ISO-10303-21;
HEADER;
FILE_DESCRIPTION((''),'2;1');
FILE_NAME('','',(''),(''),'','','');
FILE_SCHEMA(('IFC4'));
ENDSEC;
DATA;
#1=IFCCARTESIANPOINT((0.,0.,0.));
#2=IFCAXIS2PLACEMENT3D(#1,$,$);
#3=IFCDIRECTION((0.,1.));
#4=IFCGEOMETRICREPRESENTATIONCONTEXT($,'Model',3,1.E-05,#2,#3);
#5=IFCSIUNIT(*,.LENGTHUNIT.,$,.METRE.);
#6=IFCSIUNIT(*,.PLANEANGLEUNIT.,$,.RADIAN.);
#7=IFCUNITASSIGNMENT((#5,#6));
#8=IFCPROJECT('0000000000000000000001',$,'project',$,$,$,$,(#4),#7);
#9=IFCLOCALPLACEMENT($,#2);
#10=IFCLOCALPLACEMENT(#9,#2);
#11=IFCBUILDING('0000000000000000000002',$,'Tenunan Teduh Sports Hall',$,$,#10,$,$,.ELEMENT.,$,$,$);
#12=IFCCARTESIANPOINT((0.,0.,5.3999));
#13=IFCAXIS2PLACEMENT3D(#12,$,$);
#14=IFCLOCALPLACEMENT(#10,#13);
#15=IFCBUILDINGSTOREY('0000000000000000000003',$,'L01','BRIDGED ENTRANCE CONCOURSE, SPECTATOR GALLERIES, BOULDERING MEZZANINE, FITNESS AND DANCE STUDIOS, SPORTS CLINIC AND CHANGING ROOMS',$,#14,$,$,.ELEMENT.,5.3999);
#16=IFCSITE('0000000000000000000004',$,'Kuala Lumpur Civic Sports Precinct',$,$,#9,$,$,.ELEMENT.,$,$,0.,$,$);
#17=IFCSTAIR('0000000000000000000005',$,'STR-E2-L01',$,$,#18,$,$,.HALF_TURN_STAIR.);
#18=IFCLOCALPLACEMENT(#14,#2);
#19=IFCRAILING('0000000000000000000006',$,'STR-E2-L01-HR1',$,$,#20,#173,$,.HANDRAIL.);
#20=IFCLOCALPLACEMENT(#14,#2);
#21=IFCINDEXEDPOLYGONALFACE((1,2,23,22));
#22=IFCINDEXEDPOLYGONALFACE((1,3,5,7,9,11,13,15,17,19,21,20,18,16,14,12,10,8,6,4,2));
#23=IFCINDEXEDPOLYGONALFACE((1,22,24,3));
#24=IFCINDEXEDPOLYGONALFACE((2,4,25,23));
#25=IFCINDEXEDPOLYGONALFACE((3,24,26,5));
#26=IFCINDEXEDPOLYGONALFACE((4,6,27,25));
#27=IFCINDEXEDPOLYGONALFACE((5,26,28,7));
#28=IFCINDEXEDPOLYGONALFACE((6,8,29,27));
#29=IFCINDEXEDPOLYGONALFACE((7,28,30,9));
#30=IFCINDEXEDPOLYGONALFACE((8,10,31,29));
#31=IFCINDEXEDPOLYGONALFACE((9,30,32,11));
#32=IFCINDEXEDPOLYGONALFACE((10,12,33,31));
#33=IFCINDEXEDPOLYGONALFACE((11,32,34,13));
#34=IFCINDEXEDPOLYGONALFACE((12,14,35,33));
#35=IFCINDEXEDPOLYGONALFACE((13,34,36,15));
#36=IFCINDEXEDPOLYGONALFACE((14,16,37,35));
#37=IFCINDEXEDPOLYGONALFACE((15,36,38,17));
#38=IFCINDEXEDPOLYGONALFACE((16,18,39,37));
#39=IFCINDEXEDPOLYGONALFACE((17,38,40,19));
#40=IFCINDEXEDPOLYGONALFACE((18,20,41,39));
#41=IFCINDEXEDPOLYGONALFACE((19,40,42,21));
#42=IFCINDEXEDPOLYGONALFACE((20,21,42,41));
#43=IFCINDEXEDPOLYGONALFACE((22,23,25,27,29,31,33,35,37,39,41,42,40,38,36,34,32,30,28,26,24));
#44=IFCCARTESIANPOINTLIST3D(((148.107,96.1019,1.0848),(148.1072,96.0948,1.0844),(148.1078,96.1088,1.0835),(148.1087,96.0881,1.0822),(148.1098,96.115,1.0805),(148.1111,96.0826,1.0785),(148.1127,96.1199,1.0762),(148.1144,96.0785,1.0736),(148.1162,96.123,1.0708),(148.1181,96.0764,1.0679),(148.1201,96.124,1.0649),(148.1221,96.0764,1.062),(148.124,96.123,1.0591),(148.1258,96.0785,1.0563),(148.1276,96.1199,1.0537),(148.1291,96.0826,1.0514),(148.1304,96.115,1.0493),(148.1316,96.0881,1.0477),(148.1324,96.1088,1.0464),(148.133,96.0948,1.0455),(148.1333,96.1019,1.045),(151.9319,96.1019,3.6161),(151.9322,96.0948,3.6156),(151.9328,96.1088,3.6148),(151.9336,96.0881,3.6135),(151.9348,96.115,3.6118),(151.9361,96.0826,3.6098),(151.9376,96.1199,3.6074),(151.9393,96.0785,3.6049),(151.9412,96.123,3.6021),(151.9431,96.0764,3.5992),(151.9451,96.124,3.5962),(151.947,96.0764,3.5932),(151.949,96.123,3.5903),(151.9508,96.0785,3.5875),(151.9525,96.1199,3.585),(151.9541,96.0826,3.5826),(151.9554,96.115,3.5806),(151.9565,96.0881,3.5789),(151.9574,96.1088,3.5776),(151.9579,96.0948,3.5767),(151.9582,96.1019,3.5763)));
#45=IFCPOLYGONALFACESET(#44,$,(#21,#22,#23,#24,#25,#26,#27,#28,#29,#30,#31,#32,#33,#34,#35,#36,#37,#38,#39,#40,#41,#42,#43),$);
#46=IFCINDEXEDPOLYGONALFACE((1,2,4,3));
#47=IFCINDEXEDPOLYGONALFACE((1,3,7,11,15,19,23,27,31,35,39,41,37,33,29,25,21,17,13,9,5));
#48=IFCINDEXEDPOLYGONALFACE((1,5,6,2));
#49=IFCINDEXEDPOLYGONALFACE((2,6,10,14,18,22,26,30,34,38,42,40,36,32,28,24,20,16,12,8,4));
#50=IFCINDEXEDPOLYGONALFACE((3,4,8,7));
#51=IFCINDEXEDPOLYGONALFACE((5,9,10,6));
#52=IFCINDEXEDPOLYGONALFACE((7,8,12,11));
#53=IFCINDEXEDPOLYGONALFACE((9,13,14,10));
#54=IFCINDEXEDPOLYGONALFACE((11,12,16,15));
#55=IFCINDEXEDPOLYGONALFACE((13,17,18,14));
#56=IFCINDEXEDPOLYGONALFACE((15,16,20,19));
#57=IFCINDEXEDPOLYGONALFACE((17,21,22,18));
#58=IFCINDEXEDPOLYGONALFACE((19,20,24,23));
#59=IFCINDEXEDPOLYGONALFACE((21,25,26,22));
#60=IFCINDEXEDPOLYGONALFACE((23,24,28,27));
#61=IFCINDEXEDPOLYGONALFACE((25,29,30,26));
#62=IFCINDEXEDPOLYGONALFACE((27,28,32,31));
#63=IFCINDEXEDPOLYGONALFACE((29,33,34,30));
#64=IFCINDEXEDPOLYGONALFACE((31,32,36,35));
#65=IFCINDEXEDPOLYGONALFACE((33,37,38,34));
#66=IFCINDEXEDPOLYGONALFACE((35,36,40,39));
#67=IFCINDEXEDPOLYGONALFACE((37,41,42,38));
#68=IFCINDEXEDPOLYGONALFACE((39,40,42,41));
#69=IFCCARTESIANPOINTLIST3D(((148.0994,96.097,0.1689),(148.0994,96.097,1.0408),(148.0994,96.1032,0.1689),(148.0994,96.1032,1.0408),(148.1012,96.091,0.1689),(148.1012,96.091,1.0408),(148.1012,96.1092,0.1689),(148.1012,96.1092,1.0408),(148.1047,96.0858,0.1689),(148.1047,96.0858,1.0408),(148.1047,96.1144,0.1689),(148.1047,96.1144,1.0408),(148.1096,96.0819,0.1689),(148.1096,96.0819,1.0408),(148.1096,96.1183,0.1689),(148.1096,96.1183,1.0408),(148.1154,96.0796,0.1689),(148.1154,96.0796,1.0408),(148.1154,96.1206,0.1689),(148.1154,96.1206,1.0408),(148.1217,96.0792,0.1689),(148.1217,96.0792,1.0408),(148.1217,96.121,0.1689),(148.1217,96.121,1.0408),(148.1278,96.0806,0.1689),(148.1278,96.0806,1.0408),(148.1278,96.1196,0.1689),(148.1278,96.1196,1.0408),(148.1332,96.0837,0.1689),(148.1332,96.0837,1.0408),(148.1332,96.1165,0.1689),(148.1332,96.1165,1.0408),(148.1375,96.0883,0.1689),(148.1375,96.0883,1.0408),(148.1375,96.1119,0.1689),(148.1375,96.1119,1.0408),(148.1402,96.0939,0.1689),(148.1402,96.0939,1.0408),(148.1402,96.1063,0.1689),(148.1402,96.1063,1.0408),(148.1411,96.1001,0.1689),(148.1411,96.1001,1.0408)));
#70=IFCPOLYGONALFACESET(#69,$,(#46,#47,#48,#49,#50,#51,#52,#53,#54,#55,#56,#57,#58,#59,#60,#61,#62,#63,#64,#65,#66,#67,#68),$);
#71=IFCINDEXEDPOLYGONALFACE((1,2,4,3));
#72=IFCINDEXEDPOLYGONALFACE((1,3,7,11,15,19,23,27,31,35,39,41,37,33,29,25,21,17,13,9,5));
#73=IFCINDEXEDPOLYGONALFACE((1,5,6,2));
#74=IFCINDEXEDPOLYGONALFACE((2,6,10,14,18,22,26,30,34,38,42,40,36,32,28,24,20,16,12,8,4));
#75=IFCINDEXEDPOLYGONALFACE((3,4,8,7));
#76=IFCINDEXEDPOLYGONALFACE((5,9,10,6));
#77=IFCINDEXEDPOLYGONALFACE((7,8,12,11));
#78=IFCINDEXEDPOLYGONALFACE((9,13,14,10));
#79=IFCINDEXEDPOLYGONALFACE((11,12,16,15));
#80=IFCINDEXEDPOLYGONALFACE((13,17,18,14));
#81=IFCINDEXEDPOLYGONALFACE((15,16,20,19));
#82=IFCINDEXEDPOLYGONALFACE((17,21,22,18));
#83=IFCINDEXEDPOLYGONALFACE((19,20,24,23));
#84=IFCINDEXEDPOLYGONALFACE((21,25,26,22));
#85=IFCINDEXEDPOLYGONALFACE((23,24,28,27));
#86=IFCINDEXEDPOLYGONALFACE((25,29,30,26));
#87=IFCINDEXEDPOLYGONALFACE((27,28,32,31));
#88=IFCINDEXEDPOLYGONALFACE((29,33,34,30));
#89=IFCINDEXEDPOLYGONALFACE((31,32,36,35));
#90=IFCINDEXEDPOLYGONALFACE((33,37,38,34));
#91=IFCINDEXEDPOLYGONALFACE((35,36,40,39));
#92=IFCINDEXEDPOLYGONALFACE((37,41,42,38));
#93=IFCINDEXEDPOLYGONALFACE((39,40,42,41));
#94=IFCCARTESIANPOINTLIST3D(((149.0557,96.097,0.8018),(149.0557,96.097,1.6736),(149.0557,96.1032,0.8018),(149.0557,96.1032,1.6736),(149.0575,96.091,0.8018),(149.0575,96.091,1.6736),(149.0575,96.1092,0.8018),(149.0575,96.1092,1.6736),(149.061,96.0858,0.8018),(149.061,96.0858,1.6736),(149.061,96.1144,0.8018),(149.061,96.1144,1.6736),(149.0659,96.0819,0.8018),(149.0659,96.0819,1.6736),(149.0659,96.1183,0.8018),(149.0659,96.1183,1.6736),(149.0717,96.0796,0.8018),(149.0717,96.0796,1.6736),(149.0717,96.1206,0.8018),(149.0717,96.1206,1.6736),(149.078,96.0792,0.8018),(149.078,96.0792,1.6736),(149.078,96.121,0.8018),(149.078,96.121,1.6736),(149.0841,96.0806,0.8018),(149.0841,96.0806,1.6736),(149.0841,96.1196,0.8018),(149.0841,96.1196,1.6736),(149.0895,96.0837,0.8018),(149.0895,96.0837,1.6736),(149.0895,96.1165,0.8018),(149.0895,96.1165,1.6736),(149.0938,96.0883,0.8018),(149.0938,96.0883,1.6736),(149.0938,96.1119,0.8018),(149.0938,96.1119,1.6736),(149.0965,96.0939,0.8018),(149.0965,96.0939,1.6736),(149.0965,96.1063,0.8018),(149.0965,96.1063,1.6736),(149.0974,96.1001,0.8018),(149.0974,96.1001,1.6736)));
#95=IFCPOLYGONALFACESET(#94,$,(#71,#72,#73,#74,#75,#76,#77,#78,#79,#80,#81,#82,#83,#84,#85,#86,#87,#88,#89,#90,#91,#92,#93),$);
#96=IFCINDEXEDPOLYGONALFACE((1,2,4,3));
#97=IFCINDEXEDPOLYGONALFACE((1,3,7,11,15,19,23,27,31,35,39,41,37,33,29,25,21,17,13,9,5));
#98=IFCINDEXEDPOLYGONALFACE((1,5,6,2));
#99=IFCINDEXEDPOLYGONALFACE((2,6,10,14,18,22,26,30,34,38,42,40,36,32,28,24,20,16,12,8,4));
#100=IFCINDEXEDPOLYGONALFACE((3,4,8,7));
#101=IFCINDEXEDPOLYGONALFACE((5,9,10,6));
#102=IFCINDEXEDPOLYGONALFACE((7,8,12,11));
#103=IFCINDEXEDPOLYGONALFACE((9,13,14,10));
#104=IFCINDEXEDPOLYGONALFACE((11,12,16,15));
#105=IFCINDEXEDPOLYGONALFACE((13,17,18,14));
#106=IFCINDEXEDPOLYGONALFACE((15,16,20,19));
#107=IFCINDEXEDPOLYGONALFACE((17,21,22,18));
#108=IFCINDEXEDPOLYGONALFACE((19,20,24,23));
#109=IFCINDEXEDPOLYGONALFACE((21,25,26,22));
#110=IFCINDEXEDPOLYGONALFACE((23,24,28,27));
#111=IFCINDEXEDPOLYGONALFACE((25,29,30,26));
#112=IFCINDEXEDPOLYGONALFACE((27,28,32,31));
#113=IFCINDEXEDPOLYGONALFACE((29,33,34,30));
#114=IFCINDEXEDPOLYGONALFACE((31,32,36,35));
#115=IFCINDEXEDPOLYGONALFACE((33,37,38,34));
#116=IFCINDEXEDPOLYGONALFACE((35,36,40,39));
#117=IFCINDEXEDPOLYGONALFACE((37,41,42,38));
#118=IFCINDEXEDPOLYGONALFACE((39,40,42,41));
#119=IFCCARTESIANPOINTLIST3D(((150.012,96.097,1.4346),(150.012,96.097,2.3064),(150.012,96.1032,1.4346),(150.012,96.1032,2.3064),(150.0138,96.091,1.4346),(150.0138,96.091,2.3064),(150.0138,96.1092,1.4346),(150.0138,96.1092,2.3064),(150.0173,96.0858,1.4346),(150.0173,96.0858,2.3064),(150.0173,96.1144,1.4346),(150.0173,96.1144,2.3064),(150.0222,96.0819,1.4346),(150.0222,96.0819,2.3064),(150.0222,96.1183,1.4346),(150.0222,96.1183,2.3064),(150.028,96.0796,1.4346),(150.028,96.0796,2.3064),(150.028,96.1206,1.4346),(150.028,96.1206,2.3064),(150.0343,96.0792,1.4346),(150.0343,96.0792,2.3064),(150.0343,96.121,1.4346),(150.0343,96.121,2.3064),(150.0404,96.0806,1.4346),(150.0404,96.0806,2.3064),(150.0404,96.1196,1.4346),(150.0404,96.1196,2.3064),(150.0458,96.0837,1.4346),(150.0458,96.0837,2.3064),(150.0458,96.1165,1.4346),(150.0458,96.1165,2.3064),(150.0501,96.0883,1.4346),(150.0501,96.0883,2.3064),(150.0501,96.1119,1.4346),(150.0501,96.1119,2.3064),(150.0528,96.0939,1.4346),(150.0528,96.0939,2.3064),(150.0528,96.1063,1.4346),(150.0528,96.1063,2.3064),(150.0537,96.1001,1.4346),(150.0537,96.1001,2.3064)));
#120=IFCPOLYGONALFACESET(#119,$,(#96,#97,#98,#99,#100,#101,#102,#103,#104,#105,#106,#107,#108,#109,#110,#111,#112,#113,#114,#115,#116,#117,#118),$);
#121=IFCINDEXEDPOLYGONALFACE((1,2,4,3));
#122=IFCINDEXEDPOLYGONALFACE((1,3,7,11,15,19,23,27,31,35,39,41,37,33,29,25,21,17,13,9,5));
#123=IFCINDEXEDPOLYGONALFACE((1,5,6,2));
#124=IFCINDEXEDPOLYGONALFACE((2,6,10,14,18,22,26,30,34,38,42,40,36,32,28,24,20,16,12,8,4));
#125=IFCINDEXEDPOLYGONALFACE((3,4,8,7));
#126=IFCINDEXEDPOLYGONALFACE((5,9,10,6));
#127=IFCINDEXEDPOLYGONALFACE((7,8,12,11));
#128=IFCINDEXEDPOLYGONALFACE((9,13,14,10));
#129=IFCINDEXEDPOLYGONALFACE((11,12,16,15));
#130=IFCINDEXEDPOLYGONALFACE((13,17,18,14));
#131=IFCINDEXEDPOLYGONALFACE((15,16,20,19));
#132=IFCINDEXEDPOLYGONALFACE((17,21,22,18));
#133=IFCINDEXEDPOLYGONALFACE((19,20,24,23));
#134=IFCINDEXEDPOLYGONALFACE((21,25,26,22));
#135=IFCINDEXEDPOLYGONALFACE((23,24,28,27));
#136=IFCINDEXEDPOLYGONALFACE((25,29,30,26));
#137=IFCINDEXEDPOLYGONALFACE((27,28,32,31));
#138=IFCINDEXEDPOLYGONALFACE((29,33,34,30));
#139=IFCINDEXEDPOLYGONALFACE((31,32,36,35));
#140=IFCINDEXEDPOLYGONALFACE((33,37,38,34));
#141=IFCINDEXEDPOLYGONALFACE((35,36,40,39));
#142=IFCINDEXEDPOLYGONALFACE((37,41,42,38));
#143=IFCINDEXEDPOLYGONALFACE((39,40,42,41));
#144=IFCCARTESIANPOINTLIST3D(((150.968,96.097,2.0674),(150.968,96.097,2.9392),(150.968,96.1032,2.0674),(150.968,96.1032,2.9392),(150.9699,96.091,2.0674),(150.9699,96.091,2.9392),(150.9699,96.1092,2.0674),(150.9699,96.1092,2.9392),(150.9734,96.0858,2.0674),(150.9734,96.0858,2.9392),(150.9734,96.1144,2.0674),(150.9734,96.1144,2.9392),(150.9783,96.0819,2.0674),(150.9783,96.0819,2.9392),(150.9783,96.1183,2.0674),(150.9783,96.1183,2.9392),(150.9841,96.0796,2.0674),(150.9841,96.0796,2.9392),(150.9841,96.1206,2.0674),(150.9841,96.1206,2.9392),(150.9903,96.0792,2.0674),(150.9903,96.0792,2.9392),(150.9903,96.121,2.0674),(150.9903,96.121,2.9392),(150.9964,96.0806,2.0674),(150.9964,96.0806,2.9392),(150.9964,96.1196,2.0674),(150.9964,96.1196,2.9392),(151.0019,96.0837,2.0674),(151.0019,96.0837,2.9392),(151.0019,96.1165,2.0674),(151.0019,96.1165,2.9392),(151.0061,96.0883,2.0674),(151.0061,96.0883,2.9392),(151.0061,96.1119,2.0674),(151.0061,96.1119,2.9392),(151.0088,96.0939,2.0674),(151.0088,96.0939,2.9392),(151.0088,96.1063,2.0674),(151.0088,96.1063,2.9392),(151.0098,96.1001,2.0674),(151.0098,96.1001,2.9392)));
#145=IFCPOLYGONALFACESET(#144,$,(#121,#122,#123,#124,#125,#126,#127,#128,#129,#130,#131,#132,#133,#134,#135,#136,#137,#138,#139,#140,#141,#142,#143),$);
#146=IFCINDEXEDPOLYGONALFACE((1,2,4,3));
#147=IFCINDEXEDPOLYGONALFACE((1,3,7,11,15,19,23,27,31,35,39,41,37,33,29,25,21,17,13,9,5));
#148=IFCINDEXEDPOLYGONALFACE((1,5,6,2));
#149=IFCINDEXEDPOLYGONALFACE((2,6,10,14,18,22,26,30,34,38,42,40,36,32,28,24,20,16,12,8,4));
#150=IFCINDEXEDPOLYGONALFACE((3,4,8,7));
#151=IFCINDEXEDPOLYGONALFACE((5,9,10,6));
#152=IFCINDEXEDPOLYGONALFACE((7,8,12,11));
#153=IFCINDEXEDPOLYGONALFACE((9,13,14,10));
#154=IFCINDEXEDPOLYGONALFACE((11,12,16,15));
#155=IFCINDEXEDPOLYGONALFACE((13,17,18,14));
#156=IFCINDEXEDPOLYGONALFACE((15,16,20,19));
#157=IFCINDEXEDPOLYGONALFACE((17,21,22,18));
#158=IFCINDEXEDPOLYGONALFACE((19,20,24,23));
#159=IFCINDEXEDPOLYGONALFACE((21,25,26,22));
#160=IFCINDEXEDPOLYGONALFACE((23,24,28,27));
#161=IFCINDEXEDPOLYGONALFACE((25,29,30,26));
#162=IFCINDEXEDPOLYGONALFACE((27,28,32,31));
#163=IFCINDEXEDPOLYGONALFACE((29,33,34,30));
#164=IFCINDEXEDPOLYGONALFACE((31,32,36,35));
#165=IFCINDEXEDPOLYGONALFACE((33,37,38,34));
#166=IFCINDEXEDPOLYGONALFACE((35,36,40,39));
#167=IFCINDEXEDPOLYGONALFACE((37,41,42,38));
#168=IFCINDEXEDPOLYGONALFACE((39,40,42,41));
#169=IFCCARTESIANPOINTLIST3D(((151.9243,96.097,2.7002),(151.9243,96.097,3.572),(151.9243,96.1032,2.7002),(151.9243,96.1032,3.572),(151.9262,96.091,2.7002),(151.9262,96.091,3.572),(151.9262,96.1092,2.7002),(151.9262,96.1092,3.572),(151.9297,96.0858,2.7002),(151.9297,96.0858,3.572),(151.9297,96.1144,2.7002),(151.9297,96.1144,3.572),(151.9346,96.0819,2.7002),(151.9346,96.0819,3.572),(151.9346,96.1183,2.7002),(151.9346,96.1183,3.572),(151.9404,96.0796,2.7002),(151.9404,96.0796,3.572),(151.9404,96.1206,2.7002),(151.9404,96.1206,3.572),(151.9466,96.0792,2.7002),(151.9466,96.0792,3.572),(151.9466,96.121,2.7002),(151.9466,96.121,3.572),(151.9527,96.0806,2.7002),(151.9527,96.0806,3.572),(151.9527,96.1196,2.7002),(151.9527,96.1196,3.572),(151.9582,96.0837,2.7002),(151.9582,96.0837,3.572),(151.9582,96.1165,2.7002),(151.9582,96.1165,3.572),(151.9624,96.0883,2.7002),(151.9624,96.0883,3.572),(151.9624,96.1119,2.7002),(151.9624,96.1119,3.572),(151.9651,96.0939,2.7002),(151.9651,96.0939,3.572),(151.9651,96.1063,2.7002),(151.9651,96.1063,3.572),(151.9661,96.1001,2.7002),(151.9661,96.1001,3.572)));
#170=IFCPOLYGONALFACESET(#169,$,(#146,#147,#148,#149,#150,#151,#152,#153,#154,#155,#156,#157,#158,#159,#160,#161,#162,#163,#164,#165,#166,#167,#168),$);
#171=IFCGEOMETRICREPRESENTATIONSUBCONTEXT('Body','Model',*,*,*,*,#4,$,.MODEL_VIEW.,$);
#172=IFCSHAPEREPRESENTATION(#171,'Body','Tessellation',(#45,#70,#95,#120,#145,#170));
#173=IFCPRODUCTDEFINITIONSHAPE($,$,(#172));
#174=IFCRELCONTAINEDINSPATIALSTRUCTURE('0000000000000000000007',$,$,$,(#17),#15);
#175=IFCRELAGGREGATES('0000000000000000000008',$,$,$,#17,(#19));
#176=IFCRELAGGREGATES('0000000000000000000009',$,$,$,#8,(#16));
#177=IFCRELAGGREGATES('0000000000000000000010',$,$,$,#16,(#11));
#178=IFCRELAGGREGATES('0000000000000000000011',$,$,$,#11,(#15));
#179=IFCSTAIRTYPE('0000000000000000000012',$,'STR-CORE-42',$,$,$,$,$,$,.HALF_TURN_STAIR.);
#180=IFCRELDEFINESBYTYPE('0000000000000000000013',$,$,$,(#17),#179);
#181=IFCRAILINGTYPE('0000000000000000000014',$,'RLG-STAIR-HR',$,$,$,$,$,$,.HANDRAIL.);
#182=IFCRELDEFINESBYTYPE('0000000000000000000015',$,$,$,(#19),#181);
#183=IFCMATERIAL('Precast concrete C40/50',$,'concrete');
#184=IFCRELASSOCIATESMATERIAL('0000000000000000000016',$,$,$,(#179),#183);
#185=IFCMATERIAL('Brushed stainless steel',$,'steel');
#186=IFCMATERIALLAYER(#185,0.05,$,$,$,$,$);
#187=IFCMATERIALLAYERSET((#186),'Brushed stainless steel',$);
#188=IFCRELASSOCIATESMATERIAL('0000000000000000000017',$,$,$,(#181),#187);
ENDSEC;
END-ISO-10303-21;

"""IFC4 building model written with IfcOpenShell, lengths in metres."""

from ifc_helpers import new_model, si_unit, direction, frame, origin, origin_2d, place, context, subcontext, project, spatial, circle, extrude, material, layer, layer_set, type_object, element, aggregate, save


model = new_model("IFC4")

# Units and contexts
model_context = context("Model", 3, precision=1e-05, world=origin(), true_north=direction((0.0, 1.0)))
body_context = subcontext(model_context, "Body", "Model", "MODEL_VIEW")
ifc_project = project(units=[si_unit("LENGTHUNIT", "METRE"), si_unit("PLANEANGLEUNIT", "RADIAN")], contexts=[model_context])

# Site, building, storey
site_placement = place(None, origin())
site = spatial("IfcSite", under=ifc_project, at=site_placement, Name="Kuala Lumpur Civic Sports Precinct", CompositionType="ELEMENT", RefElevation=0.0)
building_placement = place(site_placement, origin())
building = spatial("IfcBuilding", under=site, at=building_placement, Name="Tenunan Teduh Sports Hall", CompositionType="ELEMENT")
storey_placement = place(building_placement, frame((0.0, 0.0, 5.3999)))
storey = spatial("IfcBuildingStorey", under=building, at=storey_placement, Name="L01", Description="BRIDGED ENTRANCE CONCOURSE, SPECTATOR GALLERIES, BOULDERING MEZZANINE, FITNESS AND DANCE STUDIOS, SPORTS CLINIC AND CHANGING ROOMS", CompositionType="ELEMENT", Elevation=5.3999)

# Stair
ifc_material_1 = material(Name="Precast concrete C40/50", Category="concrete")
stair_type = type_object("IfcStairType", Name="STR-CORE-42", PredefinedType="HALF_TURN_STAIR", material=ifc_material_1)
stair_placement = place(storey_placement, origin())
stair = element("IfcStair", 1, at=stair_placement, inside=storey, type_object=stair_type, Name="STR-E2-L01", PredefinedType="HALF_TURN_STAIR")

# Railing
ifc_material_2 = material(Name="Brushed stainless steel", Category="steel")
ifc_layer_1 = layer(ifc_material_2, 0.05)
ifc_layer_set_1 = layer_set([ifc_layer_1], Name="Brushed stainless steel")
railing_type_1 = type_object("IfcRailingType", Name="RLG-STAIR-HR", PredefinedType="HANDRAIL", material=ifc_layer_set_1)
railing_1_placement = place(storey_placement, frame((148.1201, 96.1001, 0.1689)))
railing_1 = element("IfcRailing", 2, at=railing_1_placement, type_object=railing_type_1, Name="STR-E2-L01-HR1", PredefinedType="HANDRAIL", context=body_context, shape_type="SweptSolid", body=[
    extrude(circle(Radius=0.0239, at=origin_2d()), frame((0.0, 0.0, 0.896), z_axis=(0.833929, 0.0, 0.551872), x_axis=(0.0, 1.0, 0.0)), (0.0, 0.0, 1.0), 4.5867),
    extrude(circle(Radius=0.021, at=origin_2d()), origin(), (0.0, 0.0, 1.0), 0.8718),
    extrude(circle(Radius=0.021, at=origin_2d()), frame((0.9563, 0.0, 0.6328)), (0.0, 0.0, 1.0), 0.8718),
    extrude(circle(Radius=0.021, at=origin_2d()), frame((1.9126, 0.0, 1.2656)), (0.0, 0.0, 1.0), 0.8718),
    extrude(circle(Radius=0.021, at=origin_2d()), frame((2.8687, 0.0, 1.8984)), (0.0, 0.0, 1.0), 0.8718),
    extrude(circle(Radius=0.021, at=origin_2d()), frame((3.825, 0.0, 2.5312)), (0.0, 0.0, 1.0), 0.8718),
])
aggregate(stair, [railing_1])

save(model, "model.ifc")
